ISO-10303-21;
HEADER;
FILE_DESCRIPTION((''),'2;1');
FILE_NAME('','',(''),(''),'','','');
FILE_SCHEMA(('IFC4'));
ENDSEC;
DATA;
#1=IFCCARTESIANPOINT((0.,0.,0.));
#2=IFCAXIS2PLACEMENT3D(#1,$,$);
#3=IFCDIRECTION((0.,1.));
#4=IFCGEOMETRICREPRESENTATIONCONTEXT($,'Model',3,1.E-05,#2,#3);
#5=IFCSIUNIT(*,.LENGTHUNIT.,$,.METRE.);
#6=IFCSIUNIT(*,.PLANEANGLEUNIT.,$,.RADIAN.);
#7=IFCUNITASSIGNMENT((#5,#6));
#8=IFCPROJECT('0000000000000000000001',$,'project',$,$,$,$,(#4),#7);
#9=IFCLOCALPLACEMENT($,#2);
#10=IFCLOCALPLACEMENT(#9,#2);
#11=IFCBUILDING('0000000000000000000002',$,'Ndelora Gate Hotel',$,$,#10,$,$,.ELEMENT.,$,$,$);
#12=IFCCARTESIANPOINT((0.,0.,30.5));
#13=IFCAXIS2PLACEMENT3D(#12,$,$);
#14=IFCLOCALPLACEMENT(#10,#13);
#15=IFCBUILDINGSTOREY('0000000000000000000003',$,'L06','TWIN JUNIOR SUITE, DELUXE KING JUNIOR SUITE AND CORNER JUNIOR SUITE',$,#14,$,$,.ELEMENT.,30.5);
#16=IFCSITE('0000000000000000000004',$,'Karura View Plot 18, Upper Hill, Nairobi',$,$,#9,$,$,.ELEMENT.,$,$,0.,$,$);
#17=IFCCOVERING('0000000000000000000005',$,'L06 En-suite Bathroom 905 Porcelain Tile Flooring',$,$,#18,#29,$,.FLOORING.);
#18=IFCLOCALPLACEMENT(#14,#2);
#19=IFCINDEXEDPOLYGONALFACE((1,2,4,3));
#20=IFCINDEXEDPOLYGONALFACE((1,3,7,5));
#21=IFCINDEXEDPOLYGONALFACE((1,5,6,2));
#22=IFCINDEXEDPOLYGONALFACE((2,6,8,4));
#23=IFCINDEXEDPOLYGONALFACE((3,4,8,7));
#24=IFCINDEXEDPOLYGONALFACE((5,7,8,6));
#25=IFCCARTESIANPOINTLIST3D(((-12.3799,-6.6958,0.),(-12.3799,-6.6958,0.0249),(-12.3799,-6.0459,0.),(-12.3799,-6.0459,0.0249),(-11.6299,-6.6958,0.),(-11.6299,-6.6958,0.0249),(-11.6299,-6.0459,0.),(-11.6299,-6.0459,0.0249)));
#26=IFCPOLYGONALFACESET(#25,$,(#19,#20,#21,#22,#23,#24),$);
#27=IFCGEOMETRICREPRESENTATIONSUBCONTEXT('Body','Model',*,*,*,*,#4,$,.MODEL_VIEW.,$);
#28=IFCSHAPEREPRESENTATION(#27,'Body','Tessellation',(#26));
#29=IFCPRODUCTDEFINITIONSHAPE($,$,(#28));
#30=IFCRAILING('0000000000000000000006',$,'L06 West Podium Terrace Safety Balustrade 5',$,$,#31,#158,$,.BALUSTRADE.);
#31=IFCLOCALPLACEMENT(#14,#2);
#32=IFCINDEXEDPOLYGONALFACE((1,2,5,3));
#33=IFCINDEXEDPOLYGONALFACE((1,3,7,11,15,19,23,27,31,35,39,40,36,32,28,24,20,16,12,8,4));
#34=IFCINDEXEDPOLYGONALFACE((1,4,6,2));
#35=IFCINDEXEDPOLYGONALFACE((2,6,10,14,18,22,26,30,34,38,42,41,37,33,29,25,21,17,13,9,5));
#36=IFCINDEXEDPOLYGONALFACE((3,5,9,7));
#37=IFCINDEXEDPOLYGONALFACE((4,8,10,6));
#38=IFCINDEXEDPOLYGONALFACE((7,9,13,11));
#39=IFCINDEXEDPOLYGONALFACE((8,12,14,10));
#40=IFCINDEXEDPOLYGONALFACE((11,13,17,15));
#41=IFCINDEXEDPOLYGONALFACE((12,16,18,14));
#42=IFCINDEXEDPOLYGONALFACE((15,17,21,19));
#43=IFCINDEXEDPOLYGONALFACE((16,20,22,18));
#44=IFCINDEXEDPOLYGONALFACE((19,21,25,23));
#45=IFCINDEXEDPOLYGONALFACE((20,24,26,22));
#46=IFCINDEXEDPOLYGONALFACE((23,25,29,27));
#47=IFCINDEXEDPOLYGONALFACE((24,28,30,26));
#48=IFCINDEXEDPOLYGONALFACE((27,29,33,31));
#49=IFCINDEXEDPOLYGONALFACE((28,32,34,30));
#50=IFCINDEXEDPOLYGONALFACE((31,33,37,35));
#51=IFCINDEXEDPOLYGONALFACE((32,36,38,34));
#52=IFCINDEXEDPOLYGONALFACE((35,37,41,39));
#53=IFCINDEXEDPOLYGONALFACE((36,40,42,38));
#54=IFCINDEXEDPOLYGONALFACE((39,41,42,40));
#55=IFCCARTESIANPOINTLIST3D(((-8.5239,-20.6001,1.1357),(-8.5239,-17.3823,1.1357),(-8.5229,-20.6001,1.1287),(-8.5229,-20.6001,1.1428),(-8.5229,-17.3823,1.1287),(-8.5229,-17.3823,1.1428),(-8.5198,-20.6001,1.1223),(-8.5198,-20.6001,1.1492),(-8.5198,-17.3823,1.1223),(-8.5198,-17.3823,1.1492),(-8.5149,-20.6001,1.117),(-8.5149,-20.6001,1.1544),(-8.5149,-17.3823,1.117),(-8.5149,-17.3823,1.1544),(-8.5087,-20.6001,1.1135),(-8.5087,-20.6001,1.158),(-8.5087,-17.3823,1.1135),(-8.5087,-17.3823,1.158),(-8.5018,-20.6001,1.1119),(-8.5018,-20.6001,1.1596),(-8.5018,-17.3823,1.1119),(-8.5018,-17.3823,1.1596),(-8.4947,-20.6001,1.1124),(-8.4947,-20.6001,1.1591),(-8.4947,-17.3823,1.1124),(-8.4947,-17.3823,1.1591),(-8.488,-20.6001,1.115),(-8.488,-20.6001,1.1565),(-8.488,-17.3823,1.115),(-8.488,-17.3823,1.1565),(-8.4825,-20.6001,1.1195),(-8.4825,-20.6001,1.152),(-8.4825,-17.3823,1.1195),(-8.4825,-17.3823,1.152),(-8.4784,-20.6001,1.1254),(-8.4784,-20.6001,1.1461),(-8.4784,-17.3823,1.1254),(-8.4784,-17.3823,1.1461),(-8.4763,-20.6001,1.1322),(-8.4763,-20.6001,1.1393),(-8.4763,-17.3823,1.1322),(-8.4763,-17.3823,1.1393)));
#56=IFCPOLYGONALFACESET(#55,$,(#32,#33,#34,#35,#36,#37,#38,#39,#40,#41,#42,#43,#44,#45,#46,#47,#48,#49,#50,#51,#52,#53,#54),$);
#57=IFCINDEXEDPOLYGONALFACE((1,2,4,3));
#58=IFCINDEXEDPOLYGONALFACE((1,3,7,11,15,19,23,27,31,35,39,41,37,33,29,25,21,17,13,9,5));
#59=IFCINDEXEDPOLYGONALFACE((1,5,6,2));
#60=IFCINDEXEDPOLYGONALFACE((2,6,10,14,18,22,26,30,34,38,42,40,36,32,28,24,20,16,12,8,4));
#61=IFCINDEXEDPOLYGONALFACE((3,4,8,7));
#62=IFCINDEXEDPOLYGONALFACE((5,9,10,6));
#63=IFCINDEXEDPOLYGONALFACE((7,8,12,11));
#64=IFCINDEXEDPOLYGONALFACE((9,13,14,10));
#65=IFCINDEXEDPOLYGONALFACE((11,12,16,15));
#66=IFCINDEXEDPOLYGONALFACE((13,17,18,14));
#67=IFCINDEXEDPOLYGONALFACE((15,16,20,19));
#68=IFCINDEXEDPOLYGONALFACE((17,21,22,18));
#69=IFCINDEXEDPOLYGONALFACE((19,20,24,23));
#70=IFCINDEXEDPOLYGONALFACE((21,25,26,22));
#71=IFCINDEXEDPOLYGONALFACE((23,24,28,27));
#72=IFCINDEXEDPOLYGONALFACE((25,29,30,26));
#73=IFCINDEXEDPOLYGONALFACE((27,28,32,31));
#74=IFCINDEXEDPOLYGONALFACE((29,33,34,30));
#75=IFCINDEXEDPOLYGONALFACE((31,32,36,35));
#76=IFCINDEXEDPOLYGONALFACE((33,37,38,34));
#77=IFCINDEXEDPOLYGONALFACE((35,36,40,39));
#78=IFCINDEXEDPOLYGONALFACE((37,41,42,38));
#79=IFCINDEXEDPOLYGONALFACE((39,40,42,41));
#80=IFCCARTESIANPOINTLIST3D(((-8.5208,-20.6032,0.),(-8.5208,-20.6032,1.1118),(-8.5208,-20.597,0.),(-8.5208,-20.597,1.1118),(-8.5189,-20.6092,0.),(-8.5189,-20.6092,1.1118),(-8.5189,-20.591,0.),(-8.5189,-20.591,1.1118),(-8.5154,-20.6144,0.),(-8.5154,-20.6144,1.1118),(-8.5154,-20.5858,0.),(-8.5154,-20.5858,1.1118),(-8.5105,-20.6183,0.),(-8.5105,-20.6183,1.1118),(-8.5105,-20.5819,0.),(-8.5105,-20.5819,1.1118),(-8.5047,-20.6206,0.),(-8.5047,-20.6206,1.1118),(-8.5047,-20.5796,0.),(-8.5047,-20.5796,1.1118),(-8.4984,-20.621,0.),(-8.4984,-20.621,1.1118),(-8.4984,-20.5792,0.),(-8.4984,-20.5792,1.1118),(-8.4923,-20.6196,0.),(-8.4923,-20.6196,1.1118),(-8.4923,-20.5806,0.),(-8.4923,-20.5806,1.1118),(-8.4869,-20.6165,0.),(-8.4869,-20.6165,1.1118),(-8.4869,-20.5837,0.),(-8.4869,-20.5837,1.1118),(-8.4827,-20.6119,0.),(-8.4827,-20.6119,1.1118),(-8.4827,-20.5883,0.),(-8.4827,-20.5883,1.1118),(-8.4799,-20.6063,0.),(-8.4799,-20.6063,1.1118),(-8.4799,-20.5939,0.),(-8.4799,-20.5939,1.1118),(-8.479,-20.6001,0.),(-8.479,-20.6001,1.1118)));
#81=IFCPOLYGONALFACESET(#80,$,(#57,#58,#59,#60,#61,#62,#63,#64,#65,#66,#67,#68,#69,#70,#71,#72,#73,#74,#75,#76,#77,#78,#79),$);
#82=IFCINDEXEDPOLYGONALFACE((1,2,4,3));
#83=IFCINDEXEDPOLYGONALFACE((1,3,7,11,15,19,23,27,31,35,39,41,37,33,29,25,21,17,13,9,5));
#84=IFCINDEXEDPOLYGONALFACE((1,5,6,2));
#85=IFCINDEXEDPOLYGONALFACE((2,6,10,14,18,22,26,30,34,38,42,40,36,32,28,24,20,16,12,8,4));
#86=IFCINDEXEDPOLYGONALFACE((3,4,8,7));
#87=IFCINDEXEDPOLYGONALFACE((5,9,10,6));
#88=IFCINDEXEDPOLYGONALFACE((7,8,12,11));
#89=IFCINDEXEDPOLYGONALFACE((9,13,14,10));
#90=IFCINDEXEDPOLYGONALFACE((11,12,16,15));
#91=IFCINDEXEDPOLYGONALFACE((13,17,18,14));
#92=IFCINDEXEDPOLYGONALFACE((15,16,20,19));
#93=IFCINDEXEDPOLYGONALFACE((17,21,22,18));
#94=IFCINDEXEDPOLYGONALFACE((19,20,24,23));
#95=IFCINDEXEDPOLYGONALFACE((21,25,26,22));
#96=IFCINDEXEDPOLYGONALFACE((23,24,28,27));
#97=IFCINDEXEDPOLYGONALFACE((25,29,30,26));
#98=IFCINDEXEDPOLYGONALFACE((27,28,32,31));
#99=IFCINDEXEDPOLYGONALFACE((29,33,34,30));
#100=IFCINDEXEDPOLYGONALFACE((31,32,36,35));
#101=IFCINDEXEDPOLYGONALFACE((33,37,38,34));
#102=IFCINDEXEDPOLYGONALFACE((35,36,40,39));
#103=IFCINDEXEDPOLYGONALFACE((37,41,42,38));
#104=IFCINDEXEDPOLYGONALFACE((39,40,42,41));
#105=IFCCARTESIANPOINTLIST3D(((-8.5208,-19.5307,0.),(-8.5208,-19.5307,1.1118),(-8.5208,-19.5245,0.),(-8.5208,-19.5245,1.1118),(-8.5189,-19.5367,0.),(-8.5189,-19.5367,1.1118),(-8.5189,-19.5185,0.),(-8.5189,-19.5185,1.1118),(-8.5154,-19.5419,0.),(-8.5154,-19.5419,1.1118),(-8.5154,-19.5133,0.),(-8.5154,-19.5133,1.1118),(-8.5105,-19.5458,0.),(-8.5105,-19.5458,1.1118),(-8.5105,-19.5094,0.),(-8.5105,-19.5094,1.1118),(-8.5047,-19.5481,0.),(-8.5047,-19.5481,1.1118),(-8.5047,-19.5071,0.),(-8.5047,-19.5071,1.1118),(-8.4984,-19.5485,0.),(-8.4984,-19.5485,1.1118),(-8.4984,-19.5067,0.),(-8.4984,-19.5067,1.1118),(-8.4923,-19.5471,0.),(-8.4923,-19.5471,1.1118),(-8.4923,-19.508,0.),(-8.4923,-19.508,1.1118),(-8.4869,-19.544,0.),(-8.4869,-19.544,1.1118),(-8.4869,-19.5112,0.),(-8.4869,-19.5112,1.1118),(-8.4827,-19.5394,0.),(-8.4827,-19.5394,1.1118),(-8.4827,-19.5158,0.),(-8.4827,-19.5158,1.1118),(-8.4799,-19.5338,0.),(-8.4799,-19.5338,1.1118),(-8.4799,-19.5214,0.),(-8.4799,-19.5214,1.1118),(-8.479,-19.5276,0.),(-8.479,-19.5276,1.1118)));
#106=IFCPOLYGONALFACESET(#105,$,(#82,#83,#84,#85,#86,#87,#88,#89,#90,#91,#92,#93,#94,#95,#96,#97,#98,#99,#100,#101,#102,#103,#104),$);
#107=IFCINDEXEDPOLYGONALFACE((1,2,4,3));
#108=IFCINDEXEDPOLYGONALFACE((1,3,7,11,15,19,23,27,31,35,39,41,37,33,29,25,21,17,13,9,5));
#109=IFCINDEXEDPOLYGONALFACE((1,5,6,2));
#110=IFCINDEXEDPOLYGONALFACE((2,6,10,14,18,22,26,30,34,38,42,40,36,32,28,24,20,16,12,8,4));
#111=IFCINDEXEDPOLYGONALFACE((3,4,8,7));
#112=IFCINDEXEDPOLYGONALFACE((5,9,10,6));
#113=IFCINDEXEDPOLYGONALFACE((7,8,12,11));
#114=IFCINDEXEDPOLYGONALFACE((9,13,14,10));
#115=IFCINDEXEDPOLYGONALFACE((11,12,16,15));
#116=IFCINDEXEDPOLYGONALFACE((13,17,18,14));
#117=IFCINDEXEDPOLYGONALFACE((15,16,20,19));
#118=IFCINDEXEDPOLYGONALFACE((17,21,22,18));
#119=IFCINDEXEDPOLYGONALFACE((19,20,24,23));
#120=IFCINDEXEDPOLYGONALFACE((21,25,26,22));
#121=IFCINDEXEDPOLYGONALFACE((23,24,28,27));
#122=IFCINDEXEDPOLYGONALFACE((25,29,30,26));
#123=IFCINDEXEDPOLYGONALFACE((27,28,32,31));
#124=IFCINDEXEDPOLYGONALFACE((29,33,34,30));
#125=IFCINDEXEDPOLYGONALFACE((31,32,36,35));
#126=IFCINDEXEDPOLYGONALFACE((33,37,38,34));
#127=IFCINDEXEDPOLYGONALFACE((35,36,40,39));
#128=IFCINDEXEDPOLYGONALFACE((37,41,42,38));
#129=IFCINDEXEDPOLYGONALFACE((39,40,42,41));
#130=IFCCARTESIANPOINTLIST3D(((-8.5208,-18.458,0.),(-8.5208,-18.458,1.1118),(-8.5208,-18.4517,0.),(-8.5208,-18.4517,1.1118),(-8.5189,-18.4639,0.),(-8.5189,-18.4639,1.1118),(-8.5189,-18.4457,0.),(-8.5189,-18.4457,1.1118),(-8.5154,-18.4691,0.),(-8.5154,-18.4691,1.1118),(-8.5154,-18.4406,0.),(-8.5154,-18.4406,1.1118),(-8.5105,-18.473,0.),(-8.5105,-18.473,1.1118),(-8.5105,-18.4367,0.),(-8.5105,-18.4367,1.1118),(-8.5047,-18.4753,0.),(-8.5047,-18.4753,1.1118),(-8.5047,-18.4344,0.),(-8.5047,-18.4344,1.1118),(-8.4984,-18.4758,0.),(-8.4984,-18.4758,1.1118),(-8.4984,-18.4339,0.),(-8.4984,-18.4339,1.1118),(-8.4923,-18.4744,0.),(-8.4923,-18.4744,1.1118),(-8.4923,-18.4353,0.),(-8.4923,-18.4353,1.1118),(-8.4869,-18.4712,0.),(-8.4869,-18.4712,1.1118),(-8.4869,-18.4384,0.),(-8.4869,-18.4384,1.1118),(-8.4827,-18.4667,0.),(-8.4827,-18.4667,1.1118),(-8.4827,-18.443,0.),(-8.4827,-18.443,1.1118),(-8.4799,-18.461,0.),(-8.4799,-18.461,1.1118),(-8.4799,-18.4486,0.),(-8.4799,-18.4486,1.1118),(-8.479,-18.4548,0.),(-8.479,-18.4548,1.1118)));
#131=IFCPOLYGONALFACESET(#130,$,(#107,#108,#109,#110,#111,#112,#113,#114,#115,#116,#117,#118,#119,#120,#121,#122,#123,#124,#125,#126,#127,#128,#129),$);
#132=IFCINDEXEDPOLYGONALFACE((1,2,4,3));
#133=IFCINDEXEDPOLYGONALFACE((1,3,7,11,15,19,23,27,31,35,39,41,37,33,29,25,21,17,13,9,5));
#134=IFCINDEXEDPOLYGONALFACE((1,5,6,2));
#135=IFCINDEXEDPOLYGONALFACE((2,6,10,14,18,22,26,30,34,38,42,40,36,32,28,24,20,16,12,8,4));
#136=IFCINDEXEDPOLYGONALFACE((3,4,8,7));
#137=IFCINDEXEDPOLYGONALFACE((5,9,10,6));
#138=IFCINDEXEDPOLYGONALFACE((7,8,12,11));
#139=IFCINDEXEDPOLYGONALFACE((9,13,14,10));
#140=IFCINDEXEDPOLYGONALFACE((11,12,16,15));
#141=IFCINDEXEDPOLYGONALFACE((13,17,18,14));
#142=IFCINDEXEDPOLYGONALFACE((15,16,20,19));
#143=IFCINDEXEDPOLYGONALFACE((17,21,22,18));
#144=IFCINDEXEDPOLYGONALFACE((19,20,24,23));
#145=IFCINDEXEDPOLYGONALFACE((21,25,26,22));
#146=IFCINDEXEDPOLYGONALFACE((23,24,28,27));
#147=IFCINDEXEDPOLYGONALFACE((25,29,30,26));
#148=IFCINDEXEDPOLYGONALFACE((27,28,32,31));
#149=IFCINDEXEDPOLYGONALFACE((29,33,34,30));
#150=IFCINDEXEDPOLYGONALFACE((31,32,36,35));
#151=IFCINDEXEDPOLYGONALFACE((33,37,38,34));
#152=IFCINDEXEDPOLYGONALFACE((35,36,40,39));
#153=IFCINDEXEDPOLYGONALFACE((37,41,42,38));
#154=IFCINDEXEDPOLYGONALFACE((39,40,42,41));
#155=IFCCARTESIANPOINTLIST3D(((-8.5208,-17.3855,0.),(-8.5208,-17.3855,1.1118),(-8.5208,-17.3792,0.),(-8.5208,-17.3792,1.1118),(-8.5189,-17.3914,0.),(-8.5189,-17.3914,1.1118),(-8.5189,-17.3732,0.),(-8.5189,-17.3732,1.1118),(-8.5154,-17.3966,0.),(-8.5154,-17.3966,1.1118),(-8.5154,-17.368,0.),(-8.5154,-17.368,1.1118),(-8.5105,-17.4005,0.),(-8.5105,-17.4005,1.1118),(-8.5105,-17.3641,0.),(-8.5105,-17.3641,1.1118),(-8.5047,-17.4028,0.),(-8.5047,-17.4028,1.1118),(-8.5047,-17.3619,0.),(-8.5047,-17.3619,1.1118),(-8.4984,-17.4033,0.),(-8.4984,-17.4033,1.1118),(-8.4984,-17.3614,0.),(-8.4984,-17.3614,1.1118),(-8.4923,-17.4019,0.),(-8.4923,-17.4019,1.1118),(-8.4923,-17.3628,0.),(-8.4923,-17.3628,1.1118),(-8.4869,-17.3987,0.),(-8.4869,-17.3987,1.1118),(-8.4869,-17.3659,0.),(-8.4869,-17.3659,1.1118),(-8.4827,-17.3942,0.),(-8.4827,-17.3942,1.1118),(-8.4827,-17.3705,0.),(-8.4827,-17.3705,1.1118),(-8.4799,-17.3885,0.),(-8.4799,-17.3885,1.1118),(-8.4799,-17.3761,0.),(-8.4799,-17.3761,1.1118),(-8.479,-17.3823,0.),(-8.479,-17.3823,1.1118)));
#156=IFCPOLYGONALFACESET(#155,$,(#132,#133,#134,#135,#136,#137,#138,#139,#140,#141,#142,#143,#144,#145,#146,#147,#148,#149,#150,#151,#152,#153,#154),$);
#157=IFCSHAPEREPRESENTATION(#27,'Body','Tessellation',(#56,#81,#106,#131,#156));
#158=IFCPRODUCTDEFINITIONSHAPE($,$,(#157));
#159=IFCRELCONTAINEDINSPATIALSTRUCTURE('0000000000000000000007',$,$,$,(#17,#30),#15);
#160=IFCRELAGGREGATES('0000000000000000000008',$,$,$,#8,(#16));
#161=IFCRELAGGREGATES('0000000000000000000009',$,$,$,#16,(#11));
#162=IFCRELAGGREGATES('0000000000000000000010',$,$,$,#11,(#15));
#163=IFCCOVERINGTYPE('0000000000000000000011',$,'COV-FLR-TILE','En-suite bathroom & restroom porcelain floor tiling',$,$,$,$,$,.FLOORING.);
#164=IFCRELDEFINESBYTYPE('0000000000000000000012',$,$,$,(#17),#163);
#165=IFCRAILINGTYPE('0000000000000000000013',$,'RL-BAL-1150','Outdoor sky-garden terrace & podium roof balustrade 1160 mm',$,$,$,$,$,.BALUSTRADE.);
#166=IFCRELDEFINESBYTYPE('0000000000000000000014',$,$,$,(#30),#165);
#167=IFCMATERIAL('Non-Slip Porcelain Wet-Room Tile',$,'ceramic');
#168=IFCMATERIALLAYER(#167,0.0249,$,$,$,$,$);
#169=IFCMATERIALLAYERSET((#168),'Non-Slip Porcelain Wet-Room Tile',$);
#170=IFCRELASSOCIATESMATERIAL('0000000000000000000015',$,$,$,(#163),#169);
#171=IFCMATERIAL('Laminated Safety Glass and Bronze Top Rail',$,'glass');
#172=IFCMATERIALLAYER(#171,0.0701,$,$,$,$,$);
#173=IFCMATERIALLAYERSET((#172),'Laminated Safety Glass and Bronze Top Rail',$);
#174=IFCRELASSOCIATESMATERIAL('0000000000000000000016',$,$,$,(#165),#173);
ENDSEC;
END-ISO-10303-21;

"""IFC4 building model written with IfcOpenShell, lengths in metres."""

from ifc_helpers import new_model, si_unit, direction, frame, origin, origin_2d, place, context, subcontext, project, spatial, rectangle, circle, extrude, material, layer, layer_set, type_object, element, save


model = new_model("IFC4")

# Units and contexts
model_context = context("Model", 3, precision=1e-05, world=origin(), true_north=direction((0.0, 1.0)))
body_context = subcontext(model_context, "Body", "Model", "MODEL_VIEW")
ifc_project = project(units=[si_unit("LENGTHUNIT", "METRE"), si_unit("PLANEANGLEUNIT", "RADIAN")], contexts=[model_context])

# Site, building, storey
site_placement = place(None, origin())
site = spatial("IfcSite", under=ifc_project, at=site_placement, Name="Karura View Plot 18, Upper Hill, Nairobi", CompositionType="ELEMENT", RefElevation=0.0)
building_placement = place(site_placement, origin())
building = spatial("IfcBuilding", under=site, at=building_placement, Name="Ndelora Gate Hotel", CompositionType="ELEMENT")
storey_placement = place(building_placement, frame((0.0, 0.0, 30.5)))
storey = spatial("IfcBuildingStorey", under=building, at=storey_placement, Name="L06", Description="TWIN JUNIOR SUITE, DELUXE KING JUNIOR SUITE AND CORNER JUNIOR SUITE", CompositionType="ELEMENT", Elevation=30.5)

# Covering
ifc_material_1 = material(Name="Non-Slip Porcelain Wet-Room Tile", Category="ceramic")
ifc_layer_1 = layer(ifc_material_1, 0.0249)
ifc_layer_set_1 = layer_set([ifc_layer_1], Name="Non-Slip Porcelain Wet-Room Tile")
covering_type_1 = type_object("IfcCoveringType", Name="COV-FLR-TILE", Description="En-suite bathroom & restroom porcelain floor tiling", PredefinedType="FLOORING", material=ifc_layer_set_1)
for number, where, z_axis, x_axis, name in (
    (1, (-12.0049, -6.3708, 0.0), (0.0, 0.0, 1.0), (1.0, 0.0, 0.0), "L06 En-suite Bathroom 905 Porcelain Tile Flooring"),
):
    element("IfcCovering", number, at=place(storey_placement, frame(where, z_axis=z_axis, x_axis=x_axis)), inside=storey, type_object=covering_type_1, Name=name, PredefinedType="FLOORING", context=body_context, shape_type="SweptSolid", body=[
        extrude(rectangle(XDim=0.75, YDim=0.6499, at=origin_2d()), origin(), (0.0, 0.0, 1.0), 0.0249),
    ])

# Railing
ifc_material_2 = material(Name="Laminated Safety Glass and Bronze Top Rail", Category="glass")
ifc_layer_2 = layer(ifc_material_2, 0.0701)
ifc_layer_set_2 = layer_set([ifc_layer_2], Name="Laminated Safety Glass and Bronze Top Rail")
railing_type = type_object("IfcRailingType", Name="RL-BAL-1150", Description="Outdoor sky-garden terrace & podium roof balustrade 1160 mm", PredefinedType="BALUSTRADE", material=ifc_layer_set_2)
railing_placement = place(storey_placement, frame((-8.5, -20.6001, 0.0)))
element("IfcRailing", 2, at=railing_placement, inside=storey, type_object=railing_type, Name="L06 West Podium Terrace Safety Balustrade 5", PredefinedType="BALUSTRADE", context=body_context, shape_type="SweptSolid", body=[
    extrude(circle(Radius=0.0239, at=origin_2d()), frame((0.0, 0.0, 1.1357), z_axis=(0.0, 1.0, 0.0), x_axis=(-1.0, 0.0, 0.0)), (0.0, 0.0, 1.0), 3.2178),
    extrude(circle(Radius=0.021, at=origin_2d()), origin(), (0.0, 0.0, 1.0), 1.1118),
    extrude(circle(Radius=0.021, at=origin_2d()), frame((0.0, 1.0725, 0.0)), (0.0, 0.0, 1.0), 1.1118),
    extrude(circle(Radius=0.021, at=origin_2d()), frame((0.0, 2.1453, 0.0)), (0.0, 0.0, 1.0), 1.1118),
    extrude(circle(Radius=0.021, at=origin_2d()), frame((0.0, 3.2178, 0.0)), (0.0, 0.0, 1.0), 1.1118),
])

save(model, "model.ifc")
